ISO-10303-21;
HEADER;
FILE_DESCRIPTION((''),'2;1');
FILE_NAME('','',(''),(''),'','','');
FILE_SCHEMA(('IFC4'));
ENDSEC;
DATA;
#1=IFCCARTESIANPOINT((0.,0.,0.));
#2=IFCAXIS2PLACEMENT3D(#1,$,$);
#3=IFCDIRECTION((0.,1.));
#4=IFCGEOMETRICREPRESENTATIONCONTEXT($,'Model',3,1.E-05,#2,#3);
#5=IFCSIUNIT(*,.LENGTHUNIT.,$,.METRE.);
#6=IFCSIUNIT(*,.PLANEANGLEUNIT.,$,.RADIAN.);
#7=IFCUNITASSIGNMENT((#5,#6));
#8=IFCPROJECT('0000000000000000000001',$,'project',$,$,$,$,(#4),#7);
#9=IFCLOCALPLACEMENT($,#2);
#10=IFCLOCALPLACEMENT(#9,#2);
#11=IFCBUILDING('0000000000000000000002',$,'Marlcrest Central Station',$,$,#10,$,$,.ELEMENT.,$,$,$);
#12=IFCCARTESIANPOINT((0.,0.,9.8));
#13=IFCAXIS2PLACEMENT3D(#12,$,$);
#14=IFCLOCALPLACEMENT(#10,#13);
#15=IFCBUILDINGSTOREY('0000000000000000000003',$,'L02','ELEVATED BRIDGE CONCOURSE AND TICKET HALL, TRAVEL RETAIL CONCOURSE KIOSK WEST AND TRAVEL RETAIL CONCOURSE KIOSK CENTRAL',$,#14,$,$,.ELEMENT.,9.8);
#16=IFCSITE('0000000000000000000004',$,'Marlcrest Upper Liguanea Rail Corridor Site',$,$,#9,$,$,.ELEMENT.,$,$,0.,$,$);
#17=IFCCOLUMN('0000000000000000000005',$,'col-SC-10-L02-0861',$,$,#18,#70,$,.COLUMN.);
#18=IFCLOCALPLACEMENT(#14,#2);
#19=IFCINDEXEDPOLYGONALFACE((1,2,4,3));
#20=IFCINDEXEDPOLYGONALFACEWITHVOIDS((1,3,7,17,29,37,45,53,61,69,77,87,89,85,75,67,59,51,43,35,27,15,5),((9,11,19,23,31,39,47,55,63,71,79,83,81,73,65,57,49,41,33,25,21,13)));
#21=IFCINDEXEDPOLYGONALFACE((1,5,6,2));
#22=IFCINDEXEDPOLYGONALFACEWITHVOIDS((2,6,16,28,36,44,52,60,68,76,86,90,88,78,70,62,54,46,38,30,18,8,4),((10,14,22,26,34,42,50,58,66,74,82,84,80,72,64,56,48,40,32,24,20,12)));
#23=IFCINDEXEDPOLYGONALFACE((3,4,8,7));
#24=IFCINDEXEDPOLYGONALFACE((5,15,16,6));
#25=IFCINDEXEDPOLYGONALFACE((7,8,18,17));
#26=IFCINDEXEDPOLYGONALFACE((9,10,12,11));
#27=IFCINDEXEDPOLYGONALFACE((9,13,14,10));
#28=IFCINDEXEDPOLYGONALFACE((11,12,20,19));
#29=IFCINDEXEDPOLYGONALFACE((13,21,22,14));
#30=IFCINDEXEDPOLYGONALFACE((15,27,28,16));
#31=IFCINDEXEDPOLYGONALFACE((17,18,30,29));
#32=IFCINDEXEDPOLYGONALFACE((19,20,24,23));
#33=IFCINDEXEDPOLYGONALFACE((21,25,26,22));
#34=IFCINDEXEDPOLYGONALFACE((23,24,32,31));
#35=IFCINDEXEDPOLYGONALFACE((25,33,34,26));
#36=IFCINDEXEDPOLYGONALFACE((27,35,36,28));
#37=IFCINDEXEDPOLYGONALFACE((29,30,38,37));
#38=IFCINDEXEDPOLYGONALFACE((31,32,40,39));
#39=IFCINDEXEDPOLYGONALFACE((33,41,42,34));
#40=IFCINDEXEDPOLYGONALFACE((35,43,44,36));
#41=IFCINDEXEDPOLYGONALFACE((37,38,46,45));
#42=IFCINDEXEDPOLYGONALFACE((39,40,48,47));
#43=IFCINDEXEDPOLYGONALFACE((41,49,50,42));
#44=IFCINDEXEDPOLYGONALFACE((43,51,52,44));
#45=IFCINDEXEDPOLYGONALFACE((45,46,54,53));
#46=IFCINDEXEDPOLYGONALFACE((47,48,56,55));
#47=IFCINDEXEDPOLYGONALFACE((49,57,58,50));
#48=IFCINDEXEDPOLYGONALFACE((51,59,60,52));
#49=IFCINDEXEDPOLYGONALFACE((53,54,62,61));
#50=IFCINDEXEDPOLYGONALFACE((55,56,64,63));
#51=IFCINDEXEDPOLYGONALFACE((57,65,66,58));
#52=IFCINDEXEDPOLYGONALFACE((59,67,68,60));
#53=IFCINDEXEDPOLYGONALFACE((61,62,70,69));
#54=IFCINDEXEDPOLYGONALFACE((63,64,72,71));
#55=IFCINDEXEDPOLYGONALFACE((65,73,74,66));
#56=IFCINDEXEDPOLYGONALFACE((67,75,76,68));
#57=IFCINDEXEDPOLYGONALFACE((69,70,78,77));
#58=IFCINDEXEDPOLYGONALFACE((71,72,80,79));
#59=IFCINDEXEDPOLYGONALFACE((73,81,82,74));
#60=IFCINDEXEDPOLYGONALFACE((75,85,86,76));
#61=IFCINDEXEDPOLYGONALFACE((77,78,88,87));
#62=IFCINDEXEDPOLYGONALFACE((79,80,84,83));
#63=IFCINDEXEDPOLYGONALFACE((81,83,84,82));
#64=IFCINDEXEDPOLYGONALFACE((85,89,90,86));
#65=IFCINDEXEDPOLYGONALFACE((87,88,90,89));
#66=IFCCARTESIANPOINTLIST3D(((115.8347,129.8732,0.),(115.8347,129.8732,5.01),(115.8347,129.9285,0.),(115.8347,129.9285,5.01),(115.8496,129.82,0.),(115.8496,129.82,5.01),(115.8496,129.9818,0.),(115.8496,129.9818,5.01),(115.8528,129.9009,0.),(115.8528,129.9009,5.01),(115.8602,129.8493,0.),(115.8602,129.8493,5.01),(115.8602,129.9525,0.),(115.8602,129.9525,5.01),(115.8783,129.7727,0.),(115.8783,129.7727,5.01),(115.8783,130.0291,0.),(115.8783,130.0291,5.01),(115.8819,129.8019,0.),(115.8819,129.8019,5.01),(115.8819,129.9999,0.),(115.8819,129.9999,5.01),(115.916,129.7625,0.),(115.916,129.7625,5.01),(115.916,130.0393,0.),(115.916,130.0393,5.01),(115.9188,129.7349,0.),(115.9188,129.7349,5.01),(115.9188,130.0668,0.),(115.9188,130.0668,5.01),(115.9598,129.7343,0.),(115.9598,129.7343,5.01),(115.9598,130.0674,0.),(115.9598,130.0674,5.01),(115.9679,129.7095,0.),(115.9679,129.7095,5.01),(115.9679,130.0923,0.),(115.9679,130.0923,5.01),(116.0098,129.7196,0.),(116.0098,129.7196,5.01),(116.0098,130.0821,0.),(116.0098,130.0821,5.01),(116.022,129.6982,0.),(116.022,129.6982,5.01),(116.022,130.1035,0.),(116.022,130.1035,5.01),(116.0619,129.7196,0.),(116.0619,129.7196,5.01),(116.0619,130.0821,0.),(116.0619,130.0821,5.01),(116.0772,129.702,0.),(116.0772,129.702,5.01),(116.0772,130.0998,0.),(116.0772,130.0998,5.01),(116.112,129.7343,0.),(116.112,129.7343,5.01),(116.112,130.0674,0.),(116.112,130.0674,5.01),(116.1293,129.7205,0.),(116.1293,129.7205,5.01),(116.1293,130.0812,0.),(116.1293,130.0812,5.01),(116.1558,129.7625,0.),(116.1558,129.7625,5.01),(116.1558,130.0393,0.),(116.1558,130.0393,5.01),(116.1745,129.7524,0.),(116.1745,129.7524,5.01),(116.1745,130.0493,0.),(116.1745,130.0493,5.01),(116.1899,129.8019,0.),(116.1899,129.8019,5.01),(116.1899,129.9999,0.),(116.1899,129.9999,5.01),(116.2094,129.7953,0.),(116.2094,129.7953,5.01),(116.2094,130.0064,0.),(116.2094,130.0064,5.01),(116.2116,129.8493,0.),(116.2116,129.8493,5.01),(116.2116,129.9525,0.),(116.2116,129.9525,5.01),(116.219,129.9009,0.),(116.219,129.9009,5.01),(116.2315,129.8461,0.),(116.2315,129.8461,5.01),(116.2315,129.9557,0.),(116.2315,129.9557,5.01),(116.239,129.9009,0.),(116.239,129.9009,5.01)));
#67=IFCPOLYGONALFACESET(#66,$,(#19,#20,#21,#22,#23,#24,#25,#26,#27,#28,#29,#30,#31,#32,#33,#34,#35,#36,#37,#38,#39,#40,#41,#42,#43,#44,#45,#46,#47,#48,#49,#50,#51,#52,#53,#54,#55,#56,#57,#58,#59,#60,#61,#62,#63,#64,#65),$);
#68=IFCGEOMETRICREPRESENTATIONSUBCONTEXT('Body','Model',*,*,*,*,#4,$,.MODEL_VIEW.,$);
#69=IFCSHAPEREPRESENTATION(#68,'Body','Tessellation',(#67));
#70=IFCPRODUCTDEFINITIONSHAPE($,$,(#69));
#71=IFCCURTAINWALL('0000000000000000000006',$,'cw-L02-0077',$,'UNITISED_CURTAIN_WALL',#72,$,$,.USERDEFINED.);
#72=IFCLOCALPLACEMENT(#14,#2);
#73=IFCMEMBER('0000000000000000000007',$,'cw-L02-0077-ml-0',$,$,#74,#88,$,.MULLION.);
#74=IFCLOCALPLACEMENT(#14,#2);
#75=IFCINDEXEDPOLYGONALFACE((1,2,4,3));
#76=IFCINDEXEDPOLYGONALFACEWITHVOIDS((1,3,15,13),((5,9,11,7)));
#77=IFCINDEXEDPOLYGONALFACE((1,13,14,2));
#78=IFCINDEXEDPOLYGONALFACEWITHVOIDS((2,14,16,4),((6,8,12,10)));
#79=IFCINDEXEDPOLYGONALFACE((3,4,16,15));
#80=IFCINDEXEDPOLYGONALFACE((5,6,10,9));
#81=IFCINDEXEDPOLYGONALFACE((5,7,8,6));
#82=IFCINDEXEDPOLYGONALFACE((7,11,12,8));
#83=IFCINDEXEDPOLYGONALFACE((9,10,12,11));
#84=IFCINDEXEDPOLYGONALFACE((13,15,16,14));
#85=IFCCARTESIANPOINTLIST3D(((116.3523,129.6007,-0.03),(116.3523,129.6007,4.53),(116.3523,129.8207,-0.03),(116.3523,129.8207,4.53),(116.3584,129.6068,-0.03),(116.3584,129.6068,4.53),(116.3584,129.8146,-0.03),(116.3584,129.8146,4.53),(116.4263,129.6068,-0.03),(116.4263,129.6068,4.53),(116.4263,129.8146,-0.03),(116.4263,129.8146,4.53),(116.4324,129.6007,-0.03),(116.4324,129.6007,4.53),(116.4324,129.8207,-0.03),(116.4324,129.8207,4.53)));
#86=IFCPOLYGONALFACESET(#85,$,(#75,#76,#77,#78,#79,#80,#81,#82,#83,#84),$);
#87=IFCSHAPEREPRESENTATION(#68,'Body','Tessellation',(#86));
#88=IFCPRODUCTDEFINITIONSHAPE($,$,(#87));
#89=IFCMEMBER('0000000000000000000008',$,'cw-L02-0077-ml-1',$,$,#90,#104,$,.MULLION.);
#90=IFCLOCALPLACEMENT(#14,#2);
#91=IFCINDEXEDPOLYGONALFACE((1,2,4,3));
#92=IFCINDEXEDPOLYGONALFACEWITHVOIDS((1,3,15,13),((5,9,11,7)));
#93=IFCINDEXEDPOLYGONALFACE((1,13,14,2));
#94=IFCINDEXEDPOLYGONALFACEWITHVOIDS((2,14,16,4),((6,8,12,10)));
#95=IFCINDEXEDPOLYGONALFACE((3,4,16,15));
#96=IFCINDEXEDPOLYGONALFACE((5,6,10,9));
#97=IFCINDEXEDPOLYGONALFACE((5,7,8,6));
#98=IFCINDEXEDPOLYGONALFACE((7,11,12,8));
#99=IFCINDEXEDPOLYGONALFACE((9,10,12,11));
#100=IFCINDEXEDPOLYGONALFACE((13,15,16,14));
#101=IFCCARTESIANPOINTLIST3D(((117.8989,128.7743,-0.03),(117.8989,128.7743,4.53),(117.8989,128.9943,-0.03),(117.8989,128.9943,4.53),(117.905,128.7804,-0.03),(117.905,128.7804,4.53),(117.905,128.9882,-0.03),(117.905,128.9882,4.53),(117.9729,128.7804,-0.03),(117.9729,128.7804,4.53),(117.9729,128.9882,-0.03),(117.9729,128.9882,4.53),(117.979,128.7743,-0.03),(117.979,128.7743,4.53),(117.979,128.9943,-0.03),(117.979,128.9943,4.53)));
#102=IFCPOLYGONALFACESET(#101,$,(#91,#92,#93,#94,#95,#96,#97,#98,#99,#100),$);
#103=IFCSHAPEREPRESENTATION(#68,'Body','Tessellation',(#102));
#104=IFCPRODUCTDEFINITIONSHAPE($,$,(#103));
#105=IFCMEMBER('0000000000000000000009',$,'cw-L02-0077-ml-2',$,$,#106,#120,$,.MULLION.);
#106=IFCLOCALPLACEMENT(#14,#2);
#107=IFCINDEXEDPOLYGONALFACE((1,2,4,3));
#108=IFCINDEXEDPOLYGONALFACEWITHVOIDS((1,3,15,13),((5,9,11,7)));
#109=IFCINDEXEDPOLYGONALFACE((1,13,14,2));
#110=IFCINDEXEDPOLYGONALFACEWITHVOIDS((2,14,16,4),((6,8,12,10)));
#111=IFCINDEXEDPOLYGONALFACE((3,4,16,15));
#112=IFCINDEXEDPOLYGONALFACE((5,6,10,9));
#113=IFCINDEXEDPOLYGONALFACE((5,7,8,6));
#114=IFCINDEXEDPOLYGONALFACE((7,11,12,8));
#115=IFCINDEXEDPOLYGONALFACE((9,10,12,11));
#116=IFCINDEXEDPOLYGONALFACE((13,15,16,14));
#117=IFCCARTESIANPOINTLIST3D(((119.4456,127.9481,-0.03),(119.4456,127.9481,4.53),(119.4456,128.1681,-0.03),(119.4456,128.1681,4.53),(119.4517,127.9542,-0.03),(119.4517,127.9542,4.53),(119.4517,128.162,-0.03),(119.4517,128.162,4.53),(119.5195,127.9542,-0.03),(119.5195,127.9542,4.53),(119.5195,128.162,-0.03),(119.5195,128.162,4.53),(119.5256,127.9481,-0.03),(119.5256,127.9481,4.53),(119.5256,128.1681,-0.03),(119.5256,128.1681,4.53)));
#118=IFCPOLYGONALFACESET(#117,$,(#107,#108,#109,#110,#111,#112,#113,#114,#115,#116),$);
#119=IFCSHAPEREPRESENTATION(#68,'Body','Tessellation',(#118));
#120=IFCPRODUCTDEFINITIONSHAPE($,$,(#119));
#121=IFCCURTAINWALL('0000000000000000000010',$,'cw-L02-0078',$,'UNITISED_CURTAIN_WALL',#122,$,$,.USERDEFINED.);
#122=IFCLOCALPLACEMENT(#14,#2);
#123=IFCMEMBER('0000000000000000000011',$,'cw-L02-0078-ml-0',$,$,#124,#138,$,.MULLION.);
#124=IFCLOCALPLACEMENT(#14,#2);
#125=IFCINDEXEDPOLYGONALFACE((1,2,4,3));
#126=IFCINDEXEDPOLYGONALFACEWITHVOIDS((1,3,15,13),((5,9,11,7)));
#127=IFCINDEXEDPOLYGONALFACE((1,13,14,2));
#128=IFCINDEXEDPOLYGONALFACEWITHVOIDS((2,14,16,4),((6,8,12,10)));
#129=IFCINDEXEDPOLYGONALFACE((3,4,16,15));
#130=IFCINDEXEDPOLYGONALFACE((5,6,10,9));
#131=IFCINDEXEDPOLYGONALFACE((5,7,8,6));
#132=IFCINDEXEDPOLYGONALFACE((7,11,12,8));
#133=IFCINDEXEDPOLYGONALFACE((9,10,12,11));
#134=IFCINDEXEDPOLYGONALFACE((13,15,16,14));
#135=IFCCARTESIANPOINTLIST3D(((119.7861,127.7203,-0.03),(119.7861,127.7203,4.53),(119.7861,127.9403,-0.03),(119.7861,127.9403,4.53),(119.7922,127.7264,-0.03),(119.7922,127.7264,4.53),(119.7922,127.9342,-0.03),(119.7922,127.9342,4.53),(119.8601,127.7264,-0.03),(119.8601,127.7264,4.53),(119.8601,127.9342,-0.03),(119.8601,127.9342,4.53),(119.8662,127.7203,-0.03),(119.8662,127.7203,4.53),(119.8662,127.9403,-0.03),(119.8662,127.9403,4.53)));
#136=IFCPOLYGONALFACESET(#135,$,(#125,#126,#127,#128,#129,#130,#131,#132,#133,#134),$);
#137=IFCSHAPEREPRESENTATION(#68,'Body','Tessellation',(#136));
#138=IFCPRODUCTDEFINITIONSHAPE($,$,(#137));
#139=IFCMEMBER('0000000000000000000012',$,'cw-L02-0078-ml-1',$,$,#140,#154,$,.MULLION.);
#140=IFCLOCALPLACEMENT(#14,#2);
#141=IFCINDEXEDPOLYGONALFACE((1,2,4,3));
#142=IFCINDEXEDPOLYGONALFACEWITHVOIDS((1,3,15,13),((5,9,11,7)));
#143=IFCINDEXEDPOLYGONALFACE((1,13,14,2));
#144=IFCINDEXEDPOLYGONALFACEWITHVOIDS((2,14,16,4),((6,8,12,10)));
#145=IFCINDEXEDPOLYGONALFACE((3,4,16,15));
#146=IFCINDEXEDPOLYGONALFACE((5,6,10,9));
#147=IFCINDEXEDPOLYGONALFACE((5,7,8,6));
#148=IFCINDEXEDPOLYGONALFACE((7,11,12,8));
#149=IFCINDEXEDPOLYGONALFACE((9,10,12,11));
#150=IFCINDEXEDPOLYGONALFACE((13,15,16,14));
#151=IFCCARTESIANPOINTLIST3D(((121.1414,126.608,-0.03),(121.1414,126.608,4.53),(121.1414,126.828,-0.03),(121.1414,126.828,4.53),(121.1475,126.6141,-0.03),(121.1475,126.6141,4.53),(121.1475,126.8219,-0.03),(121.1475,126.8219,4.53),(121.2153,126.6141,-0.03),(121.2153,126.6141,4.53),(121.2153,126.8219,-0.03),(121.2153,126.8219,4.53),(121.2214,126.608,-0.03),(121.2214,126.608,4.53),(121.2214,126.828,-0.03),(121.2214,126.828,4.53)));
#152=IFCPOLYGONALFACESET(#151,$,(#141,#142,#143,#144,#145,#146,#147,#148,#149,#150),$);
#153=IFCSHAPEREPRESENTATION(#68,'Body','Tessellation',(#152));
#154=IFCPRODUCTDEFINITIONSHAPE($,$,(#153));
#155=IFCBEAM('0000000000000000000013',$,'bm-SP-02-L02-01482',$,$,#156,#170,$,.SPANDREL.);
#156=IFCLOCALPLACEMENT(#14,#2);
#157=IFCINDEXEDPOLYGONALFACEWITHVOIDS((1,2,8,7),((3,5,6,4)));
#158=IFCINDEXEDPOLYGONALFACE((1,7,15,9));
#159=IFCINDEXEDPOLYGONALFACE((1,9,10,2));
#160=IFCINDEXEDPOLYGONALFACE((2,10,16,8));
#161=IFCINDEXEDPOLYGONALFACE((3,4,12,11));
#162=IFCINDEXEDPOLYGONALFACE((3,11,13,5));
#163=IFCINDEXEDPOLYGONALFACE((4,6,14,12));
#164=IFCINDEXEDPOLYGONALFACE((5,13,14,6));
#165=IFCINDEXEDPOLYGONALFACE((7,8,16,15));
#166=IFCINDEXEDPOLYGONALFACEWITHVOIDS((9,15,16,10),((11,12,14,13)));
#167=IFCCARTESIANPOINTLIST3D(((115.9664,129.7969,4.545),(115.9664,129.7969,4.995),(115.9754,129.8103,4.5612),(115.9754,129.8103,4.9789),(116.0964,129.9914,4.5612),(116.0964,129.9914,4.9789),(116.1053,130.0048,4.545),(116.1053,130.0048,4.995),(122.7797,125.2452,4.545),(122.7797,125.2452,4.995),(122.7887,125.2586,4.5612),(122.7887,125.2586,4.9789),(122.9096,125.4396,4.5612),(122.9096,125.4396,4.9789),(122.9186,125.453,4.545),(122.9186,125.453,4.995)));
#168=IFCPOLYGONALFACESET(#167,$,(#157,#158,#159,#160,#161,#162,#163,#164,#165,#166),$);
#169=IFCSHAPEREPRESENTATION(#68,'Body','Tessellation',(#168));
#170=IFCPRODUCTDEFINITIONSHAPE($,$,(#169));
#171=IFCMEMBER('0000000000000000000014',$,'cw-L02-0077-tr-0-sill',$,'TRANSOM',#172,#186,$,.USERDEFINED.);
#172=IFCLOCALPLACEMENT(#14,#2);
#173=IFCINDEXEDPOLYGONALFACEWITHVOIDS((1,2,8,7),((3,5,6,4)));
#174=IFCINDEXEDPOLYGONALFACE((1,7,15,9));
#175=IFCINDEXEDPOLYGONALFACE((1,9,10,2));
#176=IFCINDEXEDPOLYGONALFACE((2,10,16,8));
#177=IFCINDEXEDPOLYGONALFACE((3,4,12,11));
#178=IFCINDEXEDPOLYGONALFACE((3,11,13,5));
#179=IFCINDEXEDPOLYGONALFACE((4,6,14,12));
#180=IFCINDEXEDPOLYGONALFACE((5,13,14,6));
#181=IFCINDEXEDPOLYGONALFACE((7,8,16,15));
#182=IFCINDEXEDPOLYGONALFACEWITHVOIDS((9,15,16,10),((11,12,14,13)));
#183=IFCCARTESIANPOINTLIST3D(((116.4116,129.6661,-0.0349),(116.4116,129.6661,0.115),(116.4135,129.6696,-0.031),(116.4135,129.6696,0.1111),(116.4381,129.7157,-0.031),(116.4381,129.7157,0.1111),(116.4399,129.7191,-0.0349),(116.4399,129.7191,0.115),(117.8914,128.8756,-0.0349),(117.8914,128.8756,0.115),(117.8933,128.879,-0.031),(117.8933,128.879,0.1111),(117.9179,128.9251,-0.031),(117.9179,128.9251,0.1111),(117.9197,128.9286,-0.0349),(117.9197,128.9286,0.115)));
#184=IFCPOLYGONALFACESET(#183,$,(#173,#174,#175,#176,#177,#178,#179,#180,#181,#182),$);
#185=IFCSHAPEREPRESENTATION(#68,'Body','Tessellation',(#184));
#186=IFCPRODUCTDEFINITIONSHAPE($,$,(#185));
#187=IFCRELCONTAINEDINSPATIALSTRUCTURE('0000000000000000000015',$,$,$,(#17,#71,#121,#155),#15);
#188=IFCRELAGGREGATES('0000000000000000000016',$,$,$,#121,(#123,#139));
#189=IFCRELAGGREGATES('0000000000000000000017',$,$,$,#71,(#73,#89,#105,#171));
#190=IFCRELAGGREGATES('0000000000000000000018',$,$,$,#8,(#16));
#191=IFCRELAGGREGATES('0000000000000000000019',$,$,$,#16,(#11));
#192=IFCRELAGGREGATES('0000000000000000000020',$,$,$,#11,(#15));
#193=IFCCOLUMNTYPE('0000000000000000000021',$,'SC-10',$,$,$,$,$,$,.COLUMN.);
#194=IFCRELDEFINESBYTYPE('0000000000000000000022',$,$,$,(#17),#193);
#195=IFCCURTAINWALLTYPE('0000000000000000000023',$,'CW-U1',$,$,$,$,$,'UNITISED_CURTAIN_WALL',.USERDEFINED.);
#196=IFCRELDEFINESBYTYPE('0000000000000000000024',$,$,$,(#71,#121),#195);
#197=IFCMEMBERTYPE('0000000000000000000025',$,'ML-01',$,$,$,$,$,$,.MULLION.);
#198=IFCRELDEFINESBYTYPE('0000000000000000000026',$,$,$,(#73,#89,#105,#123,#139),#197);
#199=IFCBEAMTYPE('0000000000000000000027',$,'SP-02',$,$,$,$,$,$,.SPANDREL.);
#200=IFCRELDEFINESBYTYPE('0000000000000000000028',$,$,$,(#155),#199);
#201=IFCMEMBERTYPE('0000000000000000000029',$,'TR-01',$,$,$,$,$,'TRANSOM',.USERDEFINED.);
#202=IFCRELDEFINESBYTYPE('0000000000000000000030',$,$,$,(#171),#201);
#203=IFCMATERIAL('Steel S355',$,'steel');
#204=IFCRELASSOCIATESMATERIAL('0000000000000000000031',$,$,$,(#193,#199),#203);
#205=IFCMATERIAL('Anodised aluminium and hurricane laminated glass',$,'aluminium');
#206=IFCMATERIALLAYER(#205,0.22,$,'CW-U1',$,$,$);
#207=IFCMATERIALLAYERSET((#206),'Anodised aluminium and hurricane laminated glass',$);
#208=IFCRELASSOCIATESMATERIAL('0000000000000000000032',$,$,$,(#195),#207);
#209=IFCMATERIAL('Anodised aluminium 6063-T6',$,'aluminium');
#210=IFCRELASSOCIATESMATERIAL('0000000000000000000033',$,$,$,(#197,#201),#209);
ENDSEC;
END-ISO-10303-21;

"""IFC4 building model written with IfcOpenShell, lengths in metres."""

from ifc_helpers import new_model, si_unit, direction, frame, origin, origin_2d, place, context, subcontext, project, spatial, hollow_rectangle, hollow_circle, extrude, material, layer, layer_set, material_profile, profile_set, type_object, element, aggregate, save


model = new_model("IFC4")

# Units and contexts
model_context = context("Model", 3, precision=1e-05, world=origin(), true_north=direction((0.0, 1.0)))
body_context = subcontext(model_context, "Body", "Model", "MODEL_VIEW")
ifc_project = project(units=[si_unit("LENGTHUNIT", "METRE"), si_unit("PLANEANGLEUNIT", "RADIAN")], contexts=[model_context])

# Site, building, storey
site_placement = place(None, origin())
site = spatial("IfcSite", under=ifc_project, at=site_placement, Name="Marlcrest Upper Liguanea Rail Corridor Site", CompositionType="ELEMENT", RefElevation=0.0)
building_placement = place(site_placement, origin())
building = spatial("IfcBuilding", under=site, at=building_placement, Name="Marlcrest Central Station", CompositionType="ELEMENT")
storey_placement = place(building_placement, frame((0.0, 0.0, 9.8)))
storey = spatial("IfcBuildingStorey", under=building, at=storey_placement, Name="L02", Description="ELEVATED BRIDGE CONCOURSE AND TICKET HALL, TRAVEL RETAIL CONCOURSE KIOSK WEST AND TRAVEL RETAIL CONCOURSE KIOSK CENTRAL", CompositionType="ELEMENT", Elevation=9.8)

# Column
ifc_material_1 = material(Name="Steel S355", Category="steel")
ifc_material_profile_1 = material_profile(ifc_material_1, hollow_circle(Radius=0.2031, WallThickness=0.02, at=origin_2d()), Name="CHS 406.4x20")
ifc_profile_set_1 = profile_set([ifc_material_profile_1], Name="Steel S355")
column_type = type_object("IfcColumnType", Name="SC-10", PredefinedType="COLUMN", material=ifc_profile_set_1)
column_placement = place(storey_placement, frame((116.0359, 129.9009, 0.0), z_axis=(0.0, 0.0, 1.0), x_axis=(1.0, 0.0, 0.0)))
element("IfcColumn", 1, at=column_placement, inside=storey, type_object=column_type, Name="col-SC-10-L02-0861", PredefinedType="COLUMN", context=body_context, shape_type="SweptSolid", body=[
    extrude(hollow_circle(Radius=0.2031, WallThickness=0.02, at=origin_2d()), origin(), (0.0, 0.0, 1.0), 5.01),
])

# Curtain walls, members
ifc_material_2 = material(Name="Anodised aluminium and hurricane laminated glass", Category="aluminium")
ifc_layer_1 = layer(ifc_material_2, 0.22, Name="CW-U1")
ifc_layer_set_1 = layer_set([ifc_layer_1], Name="Anodised aluminium and hurricane laminated glass")
curtain_wall_type = type_object("IfcCurtainWallType", Name="CW-U1", ElementType="UNITISED_CURTAIN_WALL", PredefinedType="USERDEFINED", material=ifc_layer_set_1)
curtain_wall_1_placement = place(storey_placement, origin())
curtain_wall_1 = element("IfcCurtainWall", 2, at=curtain_wall_1_placement, inside=storey, type_object=curtain_wall_type, Name="cw-L02-0077", ObjectType="UNITISED_CURTAIN_WALL", PredefinedType="USERDEFINED")
ifc_material_3 = material(Name="Anodised aluminium 6063-T6", Category="aluminium")
ifc_material_profile_2 = material_profile(ifc_material_3, hollow_rectangle(XDim=0.0801, YDim=0.22, WallThickness=0.0061, at=origin_2d()), Name="AA-RHS 220x80x6")
ifc_profile_set_2 = profile_set([ifc_material_profile_2], Name="Anodised aluminium 6063-T6")
member_type_1 = type_object("IfcMemberType", Name="ML-01", PredefinedType="MULLION", material=ifc_profile_set_2)
member_1_placement = place(storey_placement, frame((116.3923, 129.7107, -0.03), z_axis=(0.0, 0.0, 1.0), x_axis=(1.0, 0.0, 0.0)))
member_1 = element("IfcMember", 3, at=member_1_placement, type_object=member_type_1, Name="cw-L02-0077-ml-0", PredefinedType="MULLION", context=body_context, shape_type="SweptSolid", body=[
    extrude(hollow_rectangle(XDim=0.0801, YDim=0.22, WallThickness=0.0061, at=origin_2d()), origin(), (0.0, 0.0, 1.0), 4.5601),
])
member_2_placement = place(storey_placement, frame((117.939, 128.8843, -0.03), z_axis=(0.0, 0.0, 1.0), x_axis=(1.0, 0.0, 0.0)))
member_2 = element("IfcMember", 4, at=member_2_placement, type_object=member_type_1, Name="cw-L02-0077-ml-1", PredefinedType="MULLION", context=body_context, shape_type="SweptSolid", body=[
    extrude(hollow_rectangle(XDim=0.0801, YDim=0.22, WallThickness=0.0061, at=origin_2d()), origin(), (0.0, 0.0, 1.0), 4.5601),
])
member_3_placement = place(storey_placement, frame((119.4856, 128.0581, -0.03), z_axis=(0.0, 0.0, 1.0), x_axis=(1.0, 0.0, 0.0)))
member_3 = element("IfcMember", 5, at=member_3_placement, type_object=member_type_1, Name="cw-L02-0077-ml-2", PredefinedType="MULLION", context=body_context, shape_type="SweptSolid", body=[
    extrude(hollow_rectangle(XDim=0.0801, YDim=0.22, WallThickness=0.0061, at=origin_2d()), origin(), (0.0, 0.0, 1.0), 4.5601),
])
curtain_wall_2_placement = place(storey_placement, origin())
curtain_wall_2 = element("IfcCurtainWall", 6, at=curtain_wall_2_placement, inside=storey, type_object=curtain_wall_type, Name="cw-L02-0078", ObjectType="UNITISED_CURTAIN_WALL", PredefinedType="USERDEFINED")
member_4_placement = place(storey_placement, frame((119.8262, 127.8303, -0.03), z_axis=(0.0, 0.0, 1.0), x_axis=(1.0, 0.0, 0.0)))
member_4 = element("IfcMember", 7, at=member_4_placement, type_object=member_type_1, Name="cw-L02-0078-ml-0", PredefinedType="MULLION", context=body_context, shape_type="SweptSolid", body=[
    extrude(hollow_rectangle(XDim=0.0801, YDim=0.22, WallThickness=0.0061, at=origin_2d()), origin(), (0.0, 0.0, 1.0), 4.5601),
])
member_5_placement = place(storey_placement, frame((121.1814, 126.718, -0.03), z_axis=(0.0, 0.0, 1.0), x_axis=(1.0, 0.0, 0.0)))
member_5 = element("IfcMember", 8, at=member_5_placement, type_object=member_type_1, Name="cw-L02-0078-ml-1", PredefinedType="MULLION", context=body_context, shape_type="SweptSolid", body=[
    extrude(hollow_rectangle(XDim=0.0801, YDim=0.22, WallThickness=0.0061, at=origin_2d()), origin(), (0.0, 0.0, 1.0), 4.5601),
])

# Beam
ifc_material_profile_3 = material_profile(ifc_material_1, hollow_rectangle(XDim=0.25, YDim=0.45, WallThickness=0.0161, at=origin_2d()), Name="RHS 450x250x16")
ifc_profile_set_3 = profile_set([ifc_material_profile_3], Name="Steel S355")
beam_type = type_object("IfcBeamType", Name="SP-02", PredefinedType="SPANDREL", material=ifc_profile_set_3)
beam_placement = place(storey_placement, frame((116.0359, 129.9009, 4.77), z_axis=(0.831509, -0.555511, 0.0), x_axis=(0.555511, 0.831509, 0.0)))
element("IfcBeam", 9, at=beam_placement, inside=storey, type_object=beam_type, Name="bm-SP-02-L02-01482", PredefinedType="SPANDREL", context=body_context, shape_type="SweptSolid", body=[
    extrude(hollow_rectangle(XDim=0.25, YDim=0.45, WallThickness=0.0161, at=origin_2d()), origin(), (0.0, 0.0, 1.0), 8.1938),
])

# Member
ifc_material_profile_4 = material_profile(ifc_material_3, hollow_rectangle(XDim=0.0601, YDim=0.1499, WallThickness=0.0039, at=origin_2d()), Name="AA-RHS 150x60x4")
ifc_profile_set_4 = profile_set([ifc_material_profile_4], Name="Anodised aluminium 6063-T6")
member_type_2 = type_object("IfcMemberType", Name="TR-01", ElementType="TRANSOM", PredefinedType="USERDEFINED", material=ifc_profile_set_4)
member_6_placement = place(storey_placement, frame((116.4258, 129.6926, 0.04), z_axis=(0.882022, -0.471207, 0.0), x_axis=(0.471207, 0.882022, 0.0)))
member_6 = element("IfcMember", 10, at=member_6_placement, type_object=member_type_2, Name="cw-L02-0077-tr-0-sill", ObjectType="TRANSOM", PredefinedType="USERDEFINED", context=body_context, shape_type="SweptSolid", body=[
    extrude(hollow_rectangle(XDim=0.0601, YDim=0.1499, WallThickness=0.0039, at=origin_2d()), origin(), (0.0, 0.0, 1.0), 1.6777),
])

aggregate(curtain_wall_2, [member_4, member_5])
aggregate(curtain_wall_1, [member_1, member_2, member_3, member_6])

save(model, "model.ifc")
